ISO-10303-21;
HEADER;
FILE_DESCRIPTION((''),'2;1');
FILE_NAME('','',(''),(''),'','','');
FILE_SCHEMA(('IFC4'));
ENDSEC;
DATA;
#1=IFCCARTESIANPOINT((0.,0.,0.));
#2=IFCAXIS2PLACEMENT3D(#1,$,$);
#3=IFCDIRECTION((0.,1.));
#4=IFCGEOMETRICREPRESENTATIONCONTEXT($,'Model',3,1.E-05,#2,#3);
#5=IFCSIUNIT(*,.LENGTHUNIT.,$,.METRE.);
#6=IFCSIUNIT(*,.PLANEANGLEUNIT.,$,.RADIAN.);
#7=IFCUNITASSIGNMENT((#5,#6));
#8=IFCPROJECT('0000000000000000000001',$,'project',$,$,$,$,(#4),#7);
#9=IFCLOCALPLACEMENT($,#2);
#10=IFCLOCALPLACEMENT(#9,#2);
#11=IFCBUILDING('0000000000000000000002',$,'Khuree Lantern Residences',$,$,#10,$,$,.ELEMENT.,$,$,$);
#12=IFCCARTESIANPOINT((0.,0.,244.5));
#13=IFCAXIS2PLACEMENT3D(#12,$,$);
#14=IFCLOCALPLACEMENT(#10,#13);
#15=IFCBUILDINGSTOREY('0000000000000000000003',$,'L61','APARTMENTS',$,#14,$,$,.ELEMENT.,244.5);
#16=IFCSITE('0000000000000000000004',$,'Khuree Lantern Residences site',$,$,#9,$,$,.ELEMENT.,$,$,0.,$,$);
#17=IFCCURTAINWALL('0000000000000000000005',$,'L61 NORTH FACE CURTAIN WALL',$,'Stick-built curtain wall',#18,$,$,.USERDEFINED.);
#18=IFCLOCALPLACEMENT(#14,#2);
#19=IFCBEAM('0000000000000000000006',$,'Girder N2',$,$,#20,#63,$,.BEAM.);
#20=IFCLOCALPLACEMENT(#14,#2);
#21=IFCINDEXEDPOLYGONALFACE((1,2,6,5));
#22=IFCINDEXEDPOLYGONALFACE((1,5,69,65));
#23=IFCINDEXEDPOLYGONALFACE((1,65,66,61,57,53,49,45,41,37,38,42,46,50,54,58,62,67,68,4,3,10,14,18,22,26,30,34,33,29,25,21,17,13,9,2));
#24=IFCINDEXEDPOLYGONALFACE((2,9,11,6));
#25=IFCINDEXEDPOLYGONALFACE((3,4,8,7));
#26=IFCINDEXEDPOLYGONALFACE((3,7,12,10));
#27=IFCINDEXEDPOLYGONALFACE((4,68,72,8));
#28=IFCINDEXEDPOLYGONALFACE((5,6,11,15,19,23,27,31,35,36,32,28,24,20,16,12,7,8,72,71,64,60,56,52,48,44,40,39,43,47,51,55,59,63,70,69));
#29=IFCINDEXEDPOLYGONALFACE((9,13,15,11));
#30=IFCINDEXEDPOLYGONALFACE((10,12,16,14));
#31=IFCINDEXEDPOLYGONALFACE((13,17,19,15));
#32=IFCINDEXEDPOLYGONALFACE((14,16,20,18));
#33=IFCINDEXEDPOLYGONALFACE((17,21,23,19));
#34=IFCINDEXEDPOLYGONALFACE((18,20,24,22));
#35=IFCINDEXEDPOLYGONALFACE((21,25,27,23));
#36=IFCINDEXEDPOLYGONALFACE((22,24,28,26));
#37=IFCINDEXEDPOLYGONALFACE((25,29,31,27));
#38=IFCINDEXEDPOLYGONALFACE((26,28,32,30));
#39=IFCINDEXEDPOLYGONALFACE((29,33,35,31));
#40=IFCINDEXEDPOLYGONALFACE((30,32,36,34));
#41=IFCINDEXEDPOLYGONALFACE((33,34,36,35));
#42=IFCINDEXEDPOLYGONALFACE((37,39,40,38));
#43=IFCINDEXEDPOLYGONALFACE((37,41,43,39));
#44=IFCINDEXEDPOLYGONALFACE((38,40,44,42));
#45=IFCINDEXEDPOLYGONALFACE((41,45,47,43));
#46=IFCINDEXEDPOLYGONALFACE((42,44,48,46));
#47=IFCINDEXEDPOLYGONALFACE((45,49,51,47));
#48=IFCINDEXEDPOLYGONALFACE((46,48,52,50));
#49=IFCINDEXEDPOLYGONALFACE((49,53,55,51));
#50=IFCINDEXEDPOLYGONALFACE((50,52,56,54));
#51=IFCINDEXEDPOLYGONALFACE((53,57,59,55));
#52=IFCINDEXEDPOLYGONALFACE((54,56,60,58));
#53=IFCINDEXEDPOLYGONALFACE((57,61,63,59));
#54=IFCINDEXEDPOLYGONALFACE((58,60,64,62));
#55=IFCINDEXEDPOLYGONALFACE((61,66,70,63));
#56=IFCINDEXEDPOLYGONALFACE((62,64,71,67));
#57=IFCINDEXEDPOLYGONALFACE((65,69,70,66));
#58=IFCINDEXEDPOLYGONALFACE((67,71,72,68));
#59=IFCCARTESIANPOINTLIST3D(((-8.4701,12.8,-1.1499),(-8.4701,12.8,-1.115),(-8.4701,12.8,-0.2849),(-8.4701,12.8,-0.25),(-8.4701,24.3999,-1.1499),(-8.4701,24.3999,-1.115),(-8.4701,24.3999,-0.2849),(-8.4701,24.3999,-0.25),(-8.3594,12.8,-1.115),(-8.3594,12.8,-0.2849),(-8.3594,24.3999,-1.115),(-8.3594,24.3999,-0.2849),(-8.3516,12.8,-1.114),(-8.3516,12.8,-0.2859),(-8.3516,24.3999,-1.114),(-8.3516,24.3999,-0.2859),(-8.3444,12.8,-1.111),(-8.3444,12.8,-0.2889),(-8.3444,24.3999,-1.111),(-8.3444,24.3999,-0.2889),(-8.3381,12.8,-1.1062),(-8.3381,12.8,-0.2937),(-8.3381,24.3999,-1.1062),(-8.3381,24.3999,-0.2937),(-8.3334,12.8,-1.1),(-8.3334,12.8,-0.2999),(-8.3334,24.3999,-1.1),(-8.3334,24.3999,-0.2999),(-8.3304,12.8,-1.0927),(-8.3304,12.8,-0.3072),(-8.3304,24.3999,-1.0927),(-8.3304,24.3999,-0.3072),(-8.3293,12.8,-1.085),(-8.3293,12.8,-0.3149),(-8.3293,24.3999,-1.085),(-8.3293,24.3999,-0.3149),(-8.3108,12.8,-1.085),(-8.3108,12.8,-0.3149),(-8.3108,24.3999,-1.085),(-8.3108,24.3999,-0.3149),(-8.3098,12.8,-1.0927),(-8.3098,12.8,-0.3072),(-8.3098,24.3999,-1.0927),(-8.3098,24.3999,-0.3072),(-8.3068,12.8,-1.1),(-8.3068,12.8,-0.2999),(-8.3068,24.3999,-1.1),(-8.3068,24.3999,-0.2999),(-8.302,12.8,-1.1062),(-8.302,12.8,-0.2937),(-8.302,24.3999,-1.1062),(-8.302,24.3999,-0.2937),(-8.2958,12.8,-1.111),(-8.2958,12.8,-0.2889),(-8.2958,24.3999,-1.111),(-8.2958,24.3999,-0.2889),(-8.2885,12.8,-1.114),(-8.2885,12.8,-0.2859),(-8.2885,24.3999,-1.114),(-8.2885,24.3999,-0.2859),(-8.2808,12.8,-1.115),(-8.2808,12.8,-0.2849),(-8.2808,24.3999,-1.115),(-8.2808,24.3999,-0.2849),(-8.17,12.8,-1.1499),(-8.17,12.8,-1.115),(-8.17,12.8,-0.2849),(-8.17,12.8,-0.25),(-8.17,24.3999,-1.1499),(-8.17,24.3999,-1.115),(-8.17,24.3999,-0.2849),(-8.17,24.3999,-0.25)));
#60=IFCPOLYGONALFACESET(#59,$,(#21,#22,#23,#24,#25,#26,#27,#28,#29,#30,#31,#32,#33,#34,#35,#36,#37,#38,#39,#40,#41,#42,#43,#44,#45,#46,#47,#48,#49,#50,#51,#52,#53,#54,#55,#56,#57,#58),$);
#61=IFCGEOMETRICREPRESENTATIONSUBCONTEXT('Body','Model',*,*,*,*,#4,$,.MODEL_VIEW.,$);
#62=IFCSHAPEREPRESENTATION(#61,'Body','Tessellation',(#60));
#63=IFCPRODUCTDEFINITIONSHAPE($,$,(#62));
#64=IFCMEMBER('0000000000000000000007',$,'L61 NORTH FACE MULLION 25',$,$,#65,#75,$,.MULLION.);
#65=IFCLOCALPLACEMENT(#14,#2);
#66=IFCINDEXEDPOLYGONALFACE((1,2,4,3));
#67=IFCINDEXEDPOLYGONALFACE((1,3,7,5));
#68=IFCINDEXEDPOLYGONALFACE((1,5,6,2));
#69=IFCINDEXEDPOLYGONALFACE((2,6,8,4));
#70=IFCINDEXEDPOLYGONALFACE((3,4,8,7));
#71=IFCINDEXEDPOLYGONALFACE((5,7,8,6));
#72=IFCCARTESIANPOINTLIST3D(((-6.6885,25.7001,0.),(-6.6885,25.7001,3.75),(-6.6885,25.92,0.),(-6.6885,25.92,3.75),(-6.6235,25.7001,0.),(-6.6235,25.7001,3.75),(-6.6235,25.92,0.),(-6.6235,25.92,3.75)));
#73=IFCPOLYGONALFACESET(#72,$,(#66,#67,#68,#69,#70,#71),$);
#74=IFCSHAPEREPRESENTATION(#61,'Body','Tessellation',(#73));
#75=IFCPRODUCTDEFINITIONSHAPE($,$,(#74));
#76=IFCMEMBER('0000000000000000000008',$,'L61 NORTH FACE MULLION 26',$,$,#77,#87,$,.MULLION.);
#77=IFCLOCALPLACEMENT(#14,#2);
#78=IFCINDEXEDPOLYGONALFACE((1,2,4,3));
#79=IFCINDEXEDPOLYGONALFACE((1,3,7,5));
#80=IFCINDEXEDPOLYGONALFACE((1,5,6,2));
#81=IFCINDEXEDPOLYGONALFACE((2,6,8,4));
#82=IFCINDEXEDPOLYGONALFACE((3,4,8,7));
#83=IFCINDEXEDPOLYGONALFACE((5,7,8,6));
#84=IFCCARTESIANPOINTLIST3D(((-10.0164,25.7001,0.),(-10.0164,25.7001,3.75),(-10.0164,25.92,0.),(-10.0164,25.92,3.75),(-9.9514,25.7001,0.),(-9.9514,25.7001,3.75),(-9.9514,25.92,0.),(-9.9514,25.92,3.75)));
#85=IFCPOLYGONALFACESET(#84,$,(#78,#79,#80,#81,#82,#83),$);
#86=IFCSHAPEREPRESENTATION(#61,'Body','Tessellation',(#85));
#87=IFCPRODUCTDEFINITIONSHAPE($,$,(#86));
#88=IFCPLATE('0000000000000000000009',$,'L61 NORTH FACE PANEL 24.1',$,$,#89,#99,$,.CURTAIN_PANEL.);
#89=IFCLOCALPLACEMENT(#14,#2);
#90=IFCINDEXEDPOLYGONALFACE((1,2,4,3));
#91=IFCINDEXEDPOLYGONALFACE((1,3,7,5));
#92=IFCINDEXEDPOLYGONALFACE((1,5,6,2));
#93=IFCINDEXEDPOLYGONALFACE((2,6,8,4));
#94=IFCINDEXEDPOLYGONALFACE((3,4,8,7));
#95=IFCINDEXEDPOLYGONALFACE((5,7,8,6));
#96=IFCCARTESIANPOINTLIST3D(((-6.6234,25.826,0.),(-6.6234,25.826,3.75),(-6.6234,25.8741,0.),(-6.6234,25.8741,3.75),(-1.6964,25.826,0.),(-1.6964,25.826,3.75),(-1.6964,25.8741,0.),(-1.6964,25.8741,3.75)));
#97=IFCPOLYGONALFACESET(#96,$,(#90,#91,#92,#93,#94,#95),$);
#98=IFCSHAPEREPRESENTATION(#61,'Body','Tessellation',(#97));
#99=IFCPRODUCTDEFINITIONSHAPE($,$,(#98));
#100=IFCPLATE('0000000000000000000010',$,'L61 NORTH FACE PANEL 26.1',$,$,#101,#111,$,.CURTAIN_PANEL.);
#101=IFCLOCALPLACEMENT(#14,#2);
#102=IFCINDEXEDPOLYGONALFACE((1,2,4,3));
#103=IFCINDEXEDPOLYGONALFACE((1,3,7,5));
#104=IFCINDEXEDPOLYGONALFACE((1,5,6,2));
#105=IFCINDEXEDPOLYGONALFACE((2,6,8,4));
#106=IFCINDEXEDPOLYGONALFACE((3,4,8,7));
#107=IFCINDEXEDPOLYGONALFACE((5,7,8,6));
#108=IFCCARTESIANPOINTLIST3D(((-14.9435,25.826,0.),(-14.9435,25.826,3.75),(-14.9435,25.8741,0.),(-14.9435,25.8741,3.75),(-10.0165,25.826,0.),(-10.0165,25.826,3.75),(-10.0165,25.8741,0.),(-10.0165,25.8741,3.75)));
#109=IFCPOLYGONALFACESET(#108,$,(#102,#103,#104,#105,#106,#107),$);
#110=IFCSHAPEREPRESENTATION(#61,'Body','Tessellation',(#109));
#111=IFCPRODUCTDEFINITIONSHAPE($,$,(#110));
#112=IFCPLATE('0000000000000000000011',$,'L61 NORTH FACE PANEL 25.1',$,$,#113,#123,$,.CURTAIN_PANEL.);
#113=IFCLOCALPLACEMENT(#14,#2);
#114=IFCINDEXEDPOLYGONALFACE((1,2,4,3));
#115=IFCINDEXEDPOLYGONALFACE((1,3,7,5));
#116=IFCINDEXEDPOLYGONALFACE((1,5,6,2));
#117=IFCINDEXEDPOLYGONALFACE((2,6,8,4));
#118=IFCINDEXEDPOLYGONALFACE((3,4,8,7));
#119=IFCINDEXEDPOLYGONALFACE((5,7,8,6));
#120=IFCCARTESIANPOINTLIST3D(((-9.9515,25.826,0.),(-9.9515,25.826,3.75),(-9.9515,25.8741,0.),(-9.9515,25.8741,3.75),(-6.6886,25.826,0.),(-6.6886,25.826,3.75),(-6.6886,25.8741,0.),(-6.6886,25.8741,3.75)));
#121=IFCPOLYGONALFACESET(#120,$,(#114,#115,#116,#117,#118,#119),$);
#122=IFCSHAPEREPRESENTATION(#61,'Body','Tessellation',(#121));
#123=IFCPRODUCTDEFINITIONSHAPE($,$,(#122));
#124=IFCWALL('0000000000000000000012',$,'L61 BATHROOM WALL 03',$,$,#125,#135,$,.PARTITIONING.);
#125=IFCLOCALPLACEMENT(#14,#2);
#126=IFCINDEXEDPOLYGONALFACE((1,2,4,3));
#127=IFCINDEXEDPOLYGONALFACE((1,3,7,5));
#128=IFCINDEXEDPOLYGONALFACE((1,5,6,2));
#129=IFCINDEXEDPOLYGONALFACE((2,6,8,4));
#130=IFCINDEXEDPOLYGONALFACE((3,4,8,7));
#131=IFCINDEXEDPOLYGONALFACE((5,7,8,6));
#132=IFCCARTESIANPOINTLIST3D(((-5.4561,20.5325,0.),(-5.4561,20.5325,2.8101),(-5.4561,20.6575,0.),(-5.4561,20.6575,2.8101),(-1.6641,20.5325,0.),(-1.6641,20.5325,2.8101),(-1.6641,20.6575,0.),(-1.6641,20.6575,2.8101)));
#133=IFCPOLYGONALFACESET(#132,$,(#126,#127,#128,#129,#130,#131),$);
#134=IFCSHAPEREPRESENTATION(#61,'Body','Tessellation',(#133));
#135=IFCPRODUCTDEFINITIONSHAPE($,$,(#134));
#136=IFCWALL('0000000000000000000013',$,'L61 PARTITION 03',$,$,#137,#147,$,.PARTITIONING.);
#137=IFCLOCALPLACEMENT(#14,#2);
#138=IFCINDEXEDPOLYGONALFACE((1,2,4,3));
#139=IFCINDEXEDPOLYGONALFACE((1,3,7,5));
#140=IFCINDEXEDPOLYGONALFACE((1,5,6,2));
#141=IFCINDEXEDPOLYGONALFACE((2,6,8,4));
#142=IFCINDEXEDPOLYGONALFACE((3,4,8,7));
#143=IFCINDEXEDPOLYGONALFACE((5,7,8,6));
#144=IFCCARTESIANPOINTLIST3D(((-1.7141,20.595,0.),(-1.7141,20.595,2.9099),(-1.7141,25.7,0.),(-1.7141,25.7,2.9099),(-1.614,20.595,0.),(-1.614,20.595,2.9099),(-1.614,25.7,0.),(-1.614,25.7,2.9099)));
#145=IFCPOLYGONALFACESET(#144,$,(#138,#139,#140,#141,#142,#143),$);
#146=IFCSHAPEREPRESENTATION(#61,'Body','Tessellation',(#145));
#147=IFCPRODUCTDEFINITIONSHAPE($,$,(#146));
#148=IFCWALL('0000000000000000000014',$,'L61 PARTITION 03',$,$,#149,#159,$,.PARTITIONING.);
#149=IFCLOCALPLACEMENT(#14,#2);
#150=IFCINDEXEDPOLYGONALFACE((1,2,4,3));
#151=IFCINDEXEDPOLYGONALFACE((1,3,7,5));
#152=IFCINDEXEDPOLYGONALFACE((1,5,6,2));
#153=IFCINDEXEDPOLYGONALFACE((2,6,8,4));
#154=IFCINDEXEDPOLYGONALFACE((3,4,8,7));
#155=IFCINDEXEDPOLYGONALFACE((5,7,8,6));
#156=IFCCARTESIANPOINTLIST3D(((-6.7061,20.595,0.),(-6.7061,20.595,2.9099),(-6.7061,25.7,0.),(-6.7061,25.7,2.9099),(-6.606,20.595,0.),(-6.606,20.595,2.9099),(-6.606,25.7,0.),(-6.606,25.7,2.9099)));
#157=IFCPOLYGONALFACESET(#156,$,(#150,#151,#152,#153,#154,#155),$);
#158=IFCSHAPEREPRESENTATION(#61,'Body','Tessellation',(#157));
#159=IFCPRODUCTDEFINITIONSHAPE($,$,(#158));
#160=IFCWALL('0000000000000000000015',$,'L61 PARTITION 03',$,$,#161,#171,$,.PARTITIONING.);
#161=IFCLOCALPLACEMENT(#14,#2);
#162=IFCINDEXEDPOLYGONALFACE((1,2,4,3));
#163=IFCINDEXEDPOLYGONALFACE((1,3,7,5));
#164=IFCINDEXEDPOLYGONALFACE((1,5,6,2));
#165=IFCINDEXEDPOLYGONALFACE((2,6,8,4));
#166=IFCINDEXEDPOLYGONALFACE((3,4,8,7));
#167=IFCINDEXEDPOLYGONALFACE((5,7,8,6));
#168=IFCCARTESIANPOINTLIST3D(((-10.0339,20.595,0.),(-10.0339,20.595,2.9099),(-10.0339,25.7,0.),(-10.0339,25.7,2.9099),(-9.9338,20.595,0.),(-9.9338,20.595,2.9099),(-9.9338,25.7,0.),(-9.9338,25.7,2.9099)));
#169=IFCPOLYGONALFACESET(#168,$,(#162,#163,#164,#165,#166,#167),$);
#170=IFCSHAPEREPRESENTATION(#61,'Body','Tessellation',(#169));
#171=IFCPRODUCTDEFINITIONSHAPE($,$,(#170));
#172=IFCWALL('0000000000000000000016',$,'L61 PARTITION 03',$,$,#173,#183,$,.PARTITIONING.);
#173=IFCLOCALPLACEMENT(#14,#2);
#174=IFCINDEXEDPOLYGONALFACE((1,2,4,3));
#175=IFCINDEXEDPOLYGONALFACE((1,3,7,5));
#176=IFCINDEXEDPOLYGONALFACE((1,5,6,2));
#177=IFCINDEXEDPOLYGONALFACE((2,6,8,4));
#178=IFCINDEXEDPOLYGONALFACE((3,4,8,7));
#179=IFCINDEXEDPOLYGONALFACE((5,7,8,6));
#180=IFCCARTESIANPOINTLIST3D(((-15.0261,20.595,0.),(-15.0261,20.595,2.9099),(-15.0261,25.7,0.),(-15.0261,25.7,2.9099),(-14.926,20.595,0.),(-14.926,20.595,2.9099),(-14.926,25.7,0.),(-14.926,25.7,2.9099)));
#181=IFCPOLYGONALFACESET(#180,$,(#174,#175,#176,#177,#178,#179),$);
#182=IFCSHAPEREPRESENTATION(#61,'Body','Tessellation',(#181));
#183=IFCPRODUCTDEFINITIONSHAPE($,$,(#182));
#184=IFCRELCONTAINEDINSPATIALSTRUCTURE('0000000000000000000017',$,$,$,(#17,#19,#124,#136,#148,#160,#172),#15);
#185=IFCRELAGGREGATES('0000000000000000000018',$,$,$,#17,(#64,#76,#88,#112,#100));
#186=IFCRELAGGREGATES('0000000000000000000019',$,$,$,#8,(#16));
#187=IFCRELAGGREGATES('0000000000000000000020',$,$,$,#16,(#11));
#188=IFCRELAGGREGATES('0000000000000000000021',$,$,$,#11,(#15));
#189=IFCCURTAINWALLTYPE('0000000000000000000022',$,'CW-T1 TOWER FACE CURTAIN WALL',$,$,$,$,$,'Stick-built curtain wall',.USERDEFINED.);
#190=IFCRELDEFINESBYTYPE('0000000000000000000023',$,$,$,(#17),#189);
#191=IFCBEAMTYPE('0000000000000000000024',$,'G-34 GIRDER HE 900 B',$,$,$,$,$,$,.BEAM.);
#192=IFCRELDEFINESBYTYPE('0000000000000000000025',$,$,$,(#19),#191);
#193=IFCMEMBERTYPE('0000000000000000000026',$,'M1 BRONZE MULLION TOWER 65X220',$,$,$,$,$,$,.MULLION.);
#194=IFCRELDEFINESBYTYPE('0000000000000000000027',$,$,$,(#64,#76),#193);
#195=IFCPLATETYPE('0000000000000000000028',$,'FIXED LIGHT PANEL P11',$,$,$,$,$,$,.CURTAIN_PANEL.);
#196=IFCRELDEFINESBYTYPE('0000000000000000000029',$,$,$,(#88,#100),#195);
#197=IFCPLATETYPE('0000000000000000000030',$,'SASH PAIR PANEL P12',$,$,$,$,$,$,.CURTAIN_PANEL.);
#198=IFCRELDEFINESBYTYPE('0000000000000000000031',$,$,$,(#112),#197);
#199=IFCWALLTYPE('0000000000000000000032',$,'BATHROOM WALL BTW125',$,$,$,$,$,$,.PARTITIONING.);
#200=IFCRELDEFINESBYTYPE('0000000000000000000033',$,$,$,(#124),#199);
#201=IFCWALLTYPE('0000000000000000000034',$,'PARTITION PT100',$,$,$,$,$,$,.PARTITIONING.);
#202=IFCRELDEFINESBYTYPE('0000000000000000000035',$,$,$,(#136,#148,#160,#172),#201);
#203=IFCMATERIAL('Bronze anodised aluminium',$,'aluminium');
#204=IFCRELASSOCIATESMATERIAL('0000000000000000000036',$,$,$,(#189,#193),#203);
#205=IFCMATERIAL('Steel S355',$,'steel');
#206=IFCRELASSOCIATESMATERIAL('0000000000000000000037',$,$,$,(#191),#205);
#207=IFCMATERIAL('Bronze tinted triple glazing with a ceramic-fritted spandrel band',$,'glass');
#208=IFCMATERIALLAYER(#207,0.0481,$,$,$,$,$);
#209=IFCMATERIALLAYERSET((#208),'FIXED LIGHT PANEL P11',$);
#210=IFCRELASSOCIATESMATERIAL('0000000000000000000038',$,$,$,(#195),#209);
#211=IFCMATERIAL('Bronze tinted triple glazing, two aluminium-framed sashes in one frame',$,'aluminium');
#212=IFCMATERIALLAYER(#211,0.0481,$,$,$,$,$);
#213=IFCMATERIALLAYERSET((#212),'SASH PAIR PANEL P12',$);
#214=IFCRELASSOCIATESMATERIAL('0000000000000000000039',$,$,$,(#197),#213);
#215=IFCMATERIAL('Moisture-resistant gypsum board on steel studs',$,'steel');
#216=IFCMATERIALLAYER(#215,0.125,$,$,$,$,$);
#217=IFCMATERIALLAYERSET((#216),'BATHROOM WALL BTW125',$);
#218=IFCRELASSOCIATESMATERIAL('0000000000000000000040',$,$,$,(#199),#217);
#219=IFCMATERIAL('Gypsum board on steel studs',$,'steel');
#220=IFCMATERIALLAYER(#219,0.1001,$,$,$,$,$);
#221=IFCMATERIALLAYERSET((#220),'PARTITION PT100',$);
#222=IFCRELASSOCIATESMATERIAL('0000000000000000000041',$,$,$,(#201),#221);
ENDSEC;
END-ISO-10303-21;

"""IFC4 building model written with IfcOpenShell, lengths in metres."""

from ifc_helpers import new_model, si_unit, direction, frame, frame_2d, origin, origin_2d, place, context, subcontext, project, spatial, rectangle, i_section, extrude, material, layer, layer_set, material_profile, profile_set, type_object, element, aggregate, save


model = new_model("IFC4")

# Units and contexts
model_context = context("Model", 3, precision=1e-05, world=origin(), true_north=direction((0.0, 1.0)))
body_context = subcontext(model_context, "Body", "Model", "MODEL_VIEW")
ifc_project = project(units=[si_unit("LENGTHUNIT", "METRE"), si_unit("PLANEANGLEUNIT", "RADIAN")], contexts=[model_context])

# Site, building, storey
site_placement = place(None, origin())
site = spatial("IfcSite", under=ifc_project, at=site_placement, Name="Khuree Lantern Residences site", CompositionType="ELEMENT", RefElevation=0.0)
building_placement = place(site_placement, origin())
building = spatial("IfcBuilding", under=site, at=building_placement, Name="Khuree Lantern Residences", CompositionType="ELEMENT")
storey_placement = place(building_placement, frame((0.0, 0.0, 244.5)))
storey = spatial("IfcBuildingStorey", under=building, at=storey_placement, Name="L61", Description="APARTMENTS", CompositionType="ELEMENT", Elevation=244.5)

# Shared definitions
ifc_material_1 = material(Name="Steel S355", Category="steel")

# Curtain wall
ifc_material_2 = material(Name="Bronze anodised aluminium", Category="aluminium")
curtain_wall_type = type_object("IfcCurtainWallType", Name="CW-T1 TOWER FACE CURTAIN WALL", ElementType="Stick-built curtain wall", PredefinedType="USERDEFINED", material=ifc_material_2)
curtain_wall_placement = place(storey_placement, origin())
curtain_wall = element("IfcCurtainWall", 1, at=curtain_wall_placement, inside=storey, type_object=curtain_wall_type, Name="L61 NORTH FACE CURTAIN WALL", ObjectType="Stick-built curtain wall", PredefinedType="USERDEFINED")

# Beam
ifc_material_profile_1 = material_profile(ifc_material_1, i_section(OverallWidth=0.3, OverallDepth=0.8999, WebThickness=0.0186, FlangeThickness=0.0349, FilletRadius=0.03, at=origin_2d()), Name="HE 900 B")
ifc_profile_set_1 = profile_set([ifc_material_profile_1], Name="Steel S355")
beam_type_1 = type_object("IfcBeamType", Name="G-34 GIRDER HE 900 B", PredefinedType="BEAM", material=ifc_profile_set_1)
beam_1_placement = place(storey_placement, frame((-8.3201, 24.3999, -0.7), z_axis=(0.0, -1.0, 0.0), x_axis=(1.0, 0.0, 0.0)))
element("IfcBeam", 2, at=beam_1_placement, inside=storey, type_object=beam_type_1, Name="Girder N2", PredefinedType="BEAM", context=body_context, shape_type="SweptSolid", body=[
    extrude(i_section(OverallWidth=0.3, OverallDepth=0.8999, WebThickness=0.0186, FlangeThickness=0.0349, FilletRadius=0.03, at=origin_2d()), origin(), (0.0, 0.0, 1.0), 11.5999),
])

# Members
ifc_material_profile_2 = material_profile(ifc_material_2, rectangle(XDim=0.0649, YDim=0.22, at=origin_2d()), Name="M1 65X220")
ifc_profile_set_2 = profile_set([ifc_material_profile_2], Name="Bronze anodised aluminium")
member_type_1 = type_object("IfcMemberType", Name="M1 BRONZE MULLION TOWER 65X220", PredefinedType="MULLION", material=ifc_profile_set_2)
member_1_placement = place(storey_placement, frame((-6.656, 25.8101, 0.0), z_axis=(0.0, 0.0, 1.0), x_axis=(-1.0, 0.0, 0.0)))
member_1 = element("IfcMember", 3, at=member_1_placement, type_object=member_type_1, Name="L61 NORTH FACE MULLION 25", PredefinedType="MULLION", context=body_context, shape_type="SweptSolid", body=[
    extrude(rectangle(XDim=0.0649, YDim=0.22, at=origin_2d()), origin(), (0.0, 0.0, 1.0), 3.75),
])
member_2_placement = place(storey_placement, frame((-9.9839, 25.8101, 0.0), z_axis=(0.0, 0.0, 1.0), x_axis=(-1.0, 0.0, 0.0)))
member_2 = element("IfcMember", 4, at=member_2_placement, type_object=member_type_1, Name="L61 NORTH FACE MULLION 26", PredefinedType="MULLION", context=body_context, shape_type="SweptSolid", body=[
    extrude(rectangle(XDim=0.0649, YDim=0.22, at=origin_2d()), origin(), (0.0, 0.0, 1.0), 3.75),
])

# Plates
ifc_material_3 = material(Name="Bronze tinted triple glazing with a ceramic-fritted spandrel band", Category="glass")
ifc_layer_1 = layer(ifc_material_3, 0.0481)
ifc_layer_set_1 = layer_set([ifc_layer_1], Name="FIXED LIGHT PANEL P11")
plate_type_1 = type_object("IfcPlateType", Name="FIXED LIGHT PANEL P11", PredefinedType="CURTAIN_PANEL", material=ifc_layer_set_1)
plate_1_placement = place(storey_placement, frame((-4.1599, 25.8501, 0.0), z_axis=(0.0, 0.0, 1.0), x_axis=(-1.0, 0.0, 0.0)))
plate_1 = element("IfcPlate", 5, at=plate_1_placement, type_object=plate_type_1, Name="L61 NORTH FACE PANEL 24.1", PredefinedType="CURTAIN_PANEL", context=body_context, shape_type="SweptSolid", body=[
    extrude(rectangle(XDim=4.927, YDim=0.0481, at=origin_2d()), origin(), (0.0, 0.0, 1.0), 3.75),
])
plate_2_placement = place(storey_placement, frame((-12.48, 25.8501, 0.0), z_axis=(0.0, 0.0, 1.0), x_axis=(-1.0, 0.0, 0.0)))
plate_2 = element("IfcPlate", 6, at=plate_2_placement, type_object=plate_type_1, Name="L61 NORTH FACE PANEL 26.1", PredefinedType="CURTAIN_PANEL", context=body_context, shape_type="SweptSolid", body=[
    extrude(rectangle(XDim=4.927, YDim=0.0481, at=origin_2d()), origin(), (0.0, 0.0, 1.0), 3.75),
])
ifc_material_4 = material(Name="Bronze tinted triple glazing, two aluminium-framed sashes in one frame", Category="aluminium")
ifc_layer_2 = layer(ifc_material_4, 0.0481)
ifc_layer_set_2 = layer_set([ifc_layer_2], Name="SASH PAIR PANEL P12")
plate_type_2 = type_object("IfcPlateType", Name="SASH PAIR PANEL P12", PredefinedType="CURTAIN_PANEL", material=ifc_layer_set_2)
plate_3_placement = place(storey_placement, frame((-8.3201, 25.8501, 0.0), z_axis=(0.0, 0.0, 1.0), x_axis=(-1.0, 0.0, 0.0)))
plate_3 = element("IfcPlate", 7, at=plate_3_placement, type_object=plate_type_2, Name="L61 NORTH FACE PANEL 25.1", PredefinedType="CURTAIN_PANEL", context=body_context, shape_type="SweptSolid", body=[
    extrude(rectangle(XDim=3.2629, YDim=0.0481, at=origin_2d()), origin(), (0.0, 0.0, 1.0), 3.75),
])
aggregate(curtain_wall, [member_1, member_2, plate_1, plate_3, plate_2])

# Walls
ifc_material_5 = material(Name="Moisture-resistant gypsum board on steel studs", Category="steel")
ifc_layer_3 = layer(ifc_material_5, 0.125)
ifc_layer_set_3 = layer_set([ifc_layer_3], Name="BATHROOM WALL BTW125")
wall_type_1 = type_object("IfcWallType", Name="BATHROOM WALL BTW125", PredefinedType="PARTITIONING", material=ifc_layer_set_3)
wall_1_placement = place(storey_placement, frame((-1.6641, 20.595, 0.0), z_axis=(0.0, 0.0, 1.0), x_axis=(-1.0, 0.0, 0.0)))
element("IfcWall", 8, at=wall_1_placement, inside=storey, type_object=wall_type_1, Name="L61 BATHROOM WALL 03", PredefinedType="PARTITIONING", context=body_context, shape_type="SweptSolid", body=[
    extrude(rectangle(XDim=3.792, YDim=0.125, at=frame_2d((1.896, 0.0))), origin(), (0.0, 0.0, 1.0), 2.8101),
])
ifc_material_6 = material(Name="Gypsum board on steel studs", Category="steel")
ifc_layer_4 = layer(ifc_material_6, 0.1001)
ifc_layer_set_4 = layer_set([ifc_layer_4], Name="PARTITION PT100")
wall_type_2 = type_object("IfcWallType", Name="PARTITION PT100", PredefinedType="PARTITIONING", material=ifc_layer_set_4)
for number, where, z_axis, x_axis, name in (
    (9, (-1.6641, 20.595, 0.0), (0.0, 0.0, 1.0), (0.0, 1.0, 0.0), "L61 PARTITION 03"),
    (10, (-6.656, 20.595, 0.0), (0.0, 0.0, 1.0), (0.0, 1.0, 0.0), "L61 PARTITION 03"),
    (11, (-9.9839, 20.595, 0.0), (0.0, 0.0, 1.0), (0.0, 1.0, 0.0), "L61 PARTITION 03"),
    (12, (-14.9761, 20.595, 0.0), (0.0, 0.0, 1.0), (0.0, 1.0, 0.0), "L61 PARTITION 03"),
):
    element("IfcWall", number, at=place(storey_placement, frame(where, z_axis=z_axis, x_axis=x_axis)), inside=storey, type_object=wall_type_2, Name=name, PredefinedType="PARTITIONING", context=body_context, shape_type="SweptSolid", body=[
        extrude(rectangle(XDim=5.105, YDim=0.1001, at=frame_2d((2.5525, 0.0))), origin(), (0.0, 0.0, 1.0), 2.9099),
    ])

save(model, "model.ifc")
